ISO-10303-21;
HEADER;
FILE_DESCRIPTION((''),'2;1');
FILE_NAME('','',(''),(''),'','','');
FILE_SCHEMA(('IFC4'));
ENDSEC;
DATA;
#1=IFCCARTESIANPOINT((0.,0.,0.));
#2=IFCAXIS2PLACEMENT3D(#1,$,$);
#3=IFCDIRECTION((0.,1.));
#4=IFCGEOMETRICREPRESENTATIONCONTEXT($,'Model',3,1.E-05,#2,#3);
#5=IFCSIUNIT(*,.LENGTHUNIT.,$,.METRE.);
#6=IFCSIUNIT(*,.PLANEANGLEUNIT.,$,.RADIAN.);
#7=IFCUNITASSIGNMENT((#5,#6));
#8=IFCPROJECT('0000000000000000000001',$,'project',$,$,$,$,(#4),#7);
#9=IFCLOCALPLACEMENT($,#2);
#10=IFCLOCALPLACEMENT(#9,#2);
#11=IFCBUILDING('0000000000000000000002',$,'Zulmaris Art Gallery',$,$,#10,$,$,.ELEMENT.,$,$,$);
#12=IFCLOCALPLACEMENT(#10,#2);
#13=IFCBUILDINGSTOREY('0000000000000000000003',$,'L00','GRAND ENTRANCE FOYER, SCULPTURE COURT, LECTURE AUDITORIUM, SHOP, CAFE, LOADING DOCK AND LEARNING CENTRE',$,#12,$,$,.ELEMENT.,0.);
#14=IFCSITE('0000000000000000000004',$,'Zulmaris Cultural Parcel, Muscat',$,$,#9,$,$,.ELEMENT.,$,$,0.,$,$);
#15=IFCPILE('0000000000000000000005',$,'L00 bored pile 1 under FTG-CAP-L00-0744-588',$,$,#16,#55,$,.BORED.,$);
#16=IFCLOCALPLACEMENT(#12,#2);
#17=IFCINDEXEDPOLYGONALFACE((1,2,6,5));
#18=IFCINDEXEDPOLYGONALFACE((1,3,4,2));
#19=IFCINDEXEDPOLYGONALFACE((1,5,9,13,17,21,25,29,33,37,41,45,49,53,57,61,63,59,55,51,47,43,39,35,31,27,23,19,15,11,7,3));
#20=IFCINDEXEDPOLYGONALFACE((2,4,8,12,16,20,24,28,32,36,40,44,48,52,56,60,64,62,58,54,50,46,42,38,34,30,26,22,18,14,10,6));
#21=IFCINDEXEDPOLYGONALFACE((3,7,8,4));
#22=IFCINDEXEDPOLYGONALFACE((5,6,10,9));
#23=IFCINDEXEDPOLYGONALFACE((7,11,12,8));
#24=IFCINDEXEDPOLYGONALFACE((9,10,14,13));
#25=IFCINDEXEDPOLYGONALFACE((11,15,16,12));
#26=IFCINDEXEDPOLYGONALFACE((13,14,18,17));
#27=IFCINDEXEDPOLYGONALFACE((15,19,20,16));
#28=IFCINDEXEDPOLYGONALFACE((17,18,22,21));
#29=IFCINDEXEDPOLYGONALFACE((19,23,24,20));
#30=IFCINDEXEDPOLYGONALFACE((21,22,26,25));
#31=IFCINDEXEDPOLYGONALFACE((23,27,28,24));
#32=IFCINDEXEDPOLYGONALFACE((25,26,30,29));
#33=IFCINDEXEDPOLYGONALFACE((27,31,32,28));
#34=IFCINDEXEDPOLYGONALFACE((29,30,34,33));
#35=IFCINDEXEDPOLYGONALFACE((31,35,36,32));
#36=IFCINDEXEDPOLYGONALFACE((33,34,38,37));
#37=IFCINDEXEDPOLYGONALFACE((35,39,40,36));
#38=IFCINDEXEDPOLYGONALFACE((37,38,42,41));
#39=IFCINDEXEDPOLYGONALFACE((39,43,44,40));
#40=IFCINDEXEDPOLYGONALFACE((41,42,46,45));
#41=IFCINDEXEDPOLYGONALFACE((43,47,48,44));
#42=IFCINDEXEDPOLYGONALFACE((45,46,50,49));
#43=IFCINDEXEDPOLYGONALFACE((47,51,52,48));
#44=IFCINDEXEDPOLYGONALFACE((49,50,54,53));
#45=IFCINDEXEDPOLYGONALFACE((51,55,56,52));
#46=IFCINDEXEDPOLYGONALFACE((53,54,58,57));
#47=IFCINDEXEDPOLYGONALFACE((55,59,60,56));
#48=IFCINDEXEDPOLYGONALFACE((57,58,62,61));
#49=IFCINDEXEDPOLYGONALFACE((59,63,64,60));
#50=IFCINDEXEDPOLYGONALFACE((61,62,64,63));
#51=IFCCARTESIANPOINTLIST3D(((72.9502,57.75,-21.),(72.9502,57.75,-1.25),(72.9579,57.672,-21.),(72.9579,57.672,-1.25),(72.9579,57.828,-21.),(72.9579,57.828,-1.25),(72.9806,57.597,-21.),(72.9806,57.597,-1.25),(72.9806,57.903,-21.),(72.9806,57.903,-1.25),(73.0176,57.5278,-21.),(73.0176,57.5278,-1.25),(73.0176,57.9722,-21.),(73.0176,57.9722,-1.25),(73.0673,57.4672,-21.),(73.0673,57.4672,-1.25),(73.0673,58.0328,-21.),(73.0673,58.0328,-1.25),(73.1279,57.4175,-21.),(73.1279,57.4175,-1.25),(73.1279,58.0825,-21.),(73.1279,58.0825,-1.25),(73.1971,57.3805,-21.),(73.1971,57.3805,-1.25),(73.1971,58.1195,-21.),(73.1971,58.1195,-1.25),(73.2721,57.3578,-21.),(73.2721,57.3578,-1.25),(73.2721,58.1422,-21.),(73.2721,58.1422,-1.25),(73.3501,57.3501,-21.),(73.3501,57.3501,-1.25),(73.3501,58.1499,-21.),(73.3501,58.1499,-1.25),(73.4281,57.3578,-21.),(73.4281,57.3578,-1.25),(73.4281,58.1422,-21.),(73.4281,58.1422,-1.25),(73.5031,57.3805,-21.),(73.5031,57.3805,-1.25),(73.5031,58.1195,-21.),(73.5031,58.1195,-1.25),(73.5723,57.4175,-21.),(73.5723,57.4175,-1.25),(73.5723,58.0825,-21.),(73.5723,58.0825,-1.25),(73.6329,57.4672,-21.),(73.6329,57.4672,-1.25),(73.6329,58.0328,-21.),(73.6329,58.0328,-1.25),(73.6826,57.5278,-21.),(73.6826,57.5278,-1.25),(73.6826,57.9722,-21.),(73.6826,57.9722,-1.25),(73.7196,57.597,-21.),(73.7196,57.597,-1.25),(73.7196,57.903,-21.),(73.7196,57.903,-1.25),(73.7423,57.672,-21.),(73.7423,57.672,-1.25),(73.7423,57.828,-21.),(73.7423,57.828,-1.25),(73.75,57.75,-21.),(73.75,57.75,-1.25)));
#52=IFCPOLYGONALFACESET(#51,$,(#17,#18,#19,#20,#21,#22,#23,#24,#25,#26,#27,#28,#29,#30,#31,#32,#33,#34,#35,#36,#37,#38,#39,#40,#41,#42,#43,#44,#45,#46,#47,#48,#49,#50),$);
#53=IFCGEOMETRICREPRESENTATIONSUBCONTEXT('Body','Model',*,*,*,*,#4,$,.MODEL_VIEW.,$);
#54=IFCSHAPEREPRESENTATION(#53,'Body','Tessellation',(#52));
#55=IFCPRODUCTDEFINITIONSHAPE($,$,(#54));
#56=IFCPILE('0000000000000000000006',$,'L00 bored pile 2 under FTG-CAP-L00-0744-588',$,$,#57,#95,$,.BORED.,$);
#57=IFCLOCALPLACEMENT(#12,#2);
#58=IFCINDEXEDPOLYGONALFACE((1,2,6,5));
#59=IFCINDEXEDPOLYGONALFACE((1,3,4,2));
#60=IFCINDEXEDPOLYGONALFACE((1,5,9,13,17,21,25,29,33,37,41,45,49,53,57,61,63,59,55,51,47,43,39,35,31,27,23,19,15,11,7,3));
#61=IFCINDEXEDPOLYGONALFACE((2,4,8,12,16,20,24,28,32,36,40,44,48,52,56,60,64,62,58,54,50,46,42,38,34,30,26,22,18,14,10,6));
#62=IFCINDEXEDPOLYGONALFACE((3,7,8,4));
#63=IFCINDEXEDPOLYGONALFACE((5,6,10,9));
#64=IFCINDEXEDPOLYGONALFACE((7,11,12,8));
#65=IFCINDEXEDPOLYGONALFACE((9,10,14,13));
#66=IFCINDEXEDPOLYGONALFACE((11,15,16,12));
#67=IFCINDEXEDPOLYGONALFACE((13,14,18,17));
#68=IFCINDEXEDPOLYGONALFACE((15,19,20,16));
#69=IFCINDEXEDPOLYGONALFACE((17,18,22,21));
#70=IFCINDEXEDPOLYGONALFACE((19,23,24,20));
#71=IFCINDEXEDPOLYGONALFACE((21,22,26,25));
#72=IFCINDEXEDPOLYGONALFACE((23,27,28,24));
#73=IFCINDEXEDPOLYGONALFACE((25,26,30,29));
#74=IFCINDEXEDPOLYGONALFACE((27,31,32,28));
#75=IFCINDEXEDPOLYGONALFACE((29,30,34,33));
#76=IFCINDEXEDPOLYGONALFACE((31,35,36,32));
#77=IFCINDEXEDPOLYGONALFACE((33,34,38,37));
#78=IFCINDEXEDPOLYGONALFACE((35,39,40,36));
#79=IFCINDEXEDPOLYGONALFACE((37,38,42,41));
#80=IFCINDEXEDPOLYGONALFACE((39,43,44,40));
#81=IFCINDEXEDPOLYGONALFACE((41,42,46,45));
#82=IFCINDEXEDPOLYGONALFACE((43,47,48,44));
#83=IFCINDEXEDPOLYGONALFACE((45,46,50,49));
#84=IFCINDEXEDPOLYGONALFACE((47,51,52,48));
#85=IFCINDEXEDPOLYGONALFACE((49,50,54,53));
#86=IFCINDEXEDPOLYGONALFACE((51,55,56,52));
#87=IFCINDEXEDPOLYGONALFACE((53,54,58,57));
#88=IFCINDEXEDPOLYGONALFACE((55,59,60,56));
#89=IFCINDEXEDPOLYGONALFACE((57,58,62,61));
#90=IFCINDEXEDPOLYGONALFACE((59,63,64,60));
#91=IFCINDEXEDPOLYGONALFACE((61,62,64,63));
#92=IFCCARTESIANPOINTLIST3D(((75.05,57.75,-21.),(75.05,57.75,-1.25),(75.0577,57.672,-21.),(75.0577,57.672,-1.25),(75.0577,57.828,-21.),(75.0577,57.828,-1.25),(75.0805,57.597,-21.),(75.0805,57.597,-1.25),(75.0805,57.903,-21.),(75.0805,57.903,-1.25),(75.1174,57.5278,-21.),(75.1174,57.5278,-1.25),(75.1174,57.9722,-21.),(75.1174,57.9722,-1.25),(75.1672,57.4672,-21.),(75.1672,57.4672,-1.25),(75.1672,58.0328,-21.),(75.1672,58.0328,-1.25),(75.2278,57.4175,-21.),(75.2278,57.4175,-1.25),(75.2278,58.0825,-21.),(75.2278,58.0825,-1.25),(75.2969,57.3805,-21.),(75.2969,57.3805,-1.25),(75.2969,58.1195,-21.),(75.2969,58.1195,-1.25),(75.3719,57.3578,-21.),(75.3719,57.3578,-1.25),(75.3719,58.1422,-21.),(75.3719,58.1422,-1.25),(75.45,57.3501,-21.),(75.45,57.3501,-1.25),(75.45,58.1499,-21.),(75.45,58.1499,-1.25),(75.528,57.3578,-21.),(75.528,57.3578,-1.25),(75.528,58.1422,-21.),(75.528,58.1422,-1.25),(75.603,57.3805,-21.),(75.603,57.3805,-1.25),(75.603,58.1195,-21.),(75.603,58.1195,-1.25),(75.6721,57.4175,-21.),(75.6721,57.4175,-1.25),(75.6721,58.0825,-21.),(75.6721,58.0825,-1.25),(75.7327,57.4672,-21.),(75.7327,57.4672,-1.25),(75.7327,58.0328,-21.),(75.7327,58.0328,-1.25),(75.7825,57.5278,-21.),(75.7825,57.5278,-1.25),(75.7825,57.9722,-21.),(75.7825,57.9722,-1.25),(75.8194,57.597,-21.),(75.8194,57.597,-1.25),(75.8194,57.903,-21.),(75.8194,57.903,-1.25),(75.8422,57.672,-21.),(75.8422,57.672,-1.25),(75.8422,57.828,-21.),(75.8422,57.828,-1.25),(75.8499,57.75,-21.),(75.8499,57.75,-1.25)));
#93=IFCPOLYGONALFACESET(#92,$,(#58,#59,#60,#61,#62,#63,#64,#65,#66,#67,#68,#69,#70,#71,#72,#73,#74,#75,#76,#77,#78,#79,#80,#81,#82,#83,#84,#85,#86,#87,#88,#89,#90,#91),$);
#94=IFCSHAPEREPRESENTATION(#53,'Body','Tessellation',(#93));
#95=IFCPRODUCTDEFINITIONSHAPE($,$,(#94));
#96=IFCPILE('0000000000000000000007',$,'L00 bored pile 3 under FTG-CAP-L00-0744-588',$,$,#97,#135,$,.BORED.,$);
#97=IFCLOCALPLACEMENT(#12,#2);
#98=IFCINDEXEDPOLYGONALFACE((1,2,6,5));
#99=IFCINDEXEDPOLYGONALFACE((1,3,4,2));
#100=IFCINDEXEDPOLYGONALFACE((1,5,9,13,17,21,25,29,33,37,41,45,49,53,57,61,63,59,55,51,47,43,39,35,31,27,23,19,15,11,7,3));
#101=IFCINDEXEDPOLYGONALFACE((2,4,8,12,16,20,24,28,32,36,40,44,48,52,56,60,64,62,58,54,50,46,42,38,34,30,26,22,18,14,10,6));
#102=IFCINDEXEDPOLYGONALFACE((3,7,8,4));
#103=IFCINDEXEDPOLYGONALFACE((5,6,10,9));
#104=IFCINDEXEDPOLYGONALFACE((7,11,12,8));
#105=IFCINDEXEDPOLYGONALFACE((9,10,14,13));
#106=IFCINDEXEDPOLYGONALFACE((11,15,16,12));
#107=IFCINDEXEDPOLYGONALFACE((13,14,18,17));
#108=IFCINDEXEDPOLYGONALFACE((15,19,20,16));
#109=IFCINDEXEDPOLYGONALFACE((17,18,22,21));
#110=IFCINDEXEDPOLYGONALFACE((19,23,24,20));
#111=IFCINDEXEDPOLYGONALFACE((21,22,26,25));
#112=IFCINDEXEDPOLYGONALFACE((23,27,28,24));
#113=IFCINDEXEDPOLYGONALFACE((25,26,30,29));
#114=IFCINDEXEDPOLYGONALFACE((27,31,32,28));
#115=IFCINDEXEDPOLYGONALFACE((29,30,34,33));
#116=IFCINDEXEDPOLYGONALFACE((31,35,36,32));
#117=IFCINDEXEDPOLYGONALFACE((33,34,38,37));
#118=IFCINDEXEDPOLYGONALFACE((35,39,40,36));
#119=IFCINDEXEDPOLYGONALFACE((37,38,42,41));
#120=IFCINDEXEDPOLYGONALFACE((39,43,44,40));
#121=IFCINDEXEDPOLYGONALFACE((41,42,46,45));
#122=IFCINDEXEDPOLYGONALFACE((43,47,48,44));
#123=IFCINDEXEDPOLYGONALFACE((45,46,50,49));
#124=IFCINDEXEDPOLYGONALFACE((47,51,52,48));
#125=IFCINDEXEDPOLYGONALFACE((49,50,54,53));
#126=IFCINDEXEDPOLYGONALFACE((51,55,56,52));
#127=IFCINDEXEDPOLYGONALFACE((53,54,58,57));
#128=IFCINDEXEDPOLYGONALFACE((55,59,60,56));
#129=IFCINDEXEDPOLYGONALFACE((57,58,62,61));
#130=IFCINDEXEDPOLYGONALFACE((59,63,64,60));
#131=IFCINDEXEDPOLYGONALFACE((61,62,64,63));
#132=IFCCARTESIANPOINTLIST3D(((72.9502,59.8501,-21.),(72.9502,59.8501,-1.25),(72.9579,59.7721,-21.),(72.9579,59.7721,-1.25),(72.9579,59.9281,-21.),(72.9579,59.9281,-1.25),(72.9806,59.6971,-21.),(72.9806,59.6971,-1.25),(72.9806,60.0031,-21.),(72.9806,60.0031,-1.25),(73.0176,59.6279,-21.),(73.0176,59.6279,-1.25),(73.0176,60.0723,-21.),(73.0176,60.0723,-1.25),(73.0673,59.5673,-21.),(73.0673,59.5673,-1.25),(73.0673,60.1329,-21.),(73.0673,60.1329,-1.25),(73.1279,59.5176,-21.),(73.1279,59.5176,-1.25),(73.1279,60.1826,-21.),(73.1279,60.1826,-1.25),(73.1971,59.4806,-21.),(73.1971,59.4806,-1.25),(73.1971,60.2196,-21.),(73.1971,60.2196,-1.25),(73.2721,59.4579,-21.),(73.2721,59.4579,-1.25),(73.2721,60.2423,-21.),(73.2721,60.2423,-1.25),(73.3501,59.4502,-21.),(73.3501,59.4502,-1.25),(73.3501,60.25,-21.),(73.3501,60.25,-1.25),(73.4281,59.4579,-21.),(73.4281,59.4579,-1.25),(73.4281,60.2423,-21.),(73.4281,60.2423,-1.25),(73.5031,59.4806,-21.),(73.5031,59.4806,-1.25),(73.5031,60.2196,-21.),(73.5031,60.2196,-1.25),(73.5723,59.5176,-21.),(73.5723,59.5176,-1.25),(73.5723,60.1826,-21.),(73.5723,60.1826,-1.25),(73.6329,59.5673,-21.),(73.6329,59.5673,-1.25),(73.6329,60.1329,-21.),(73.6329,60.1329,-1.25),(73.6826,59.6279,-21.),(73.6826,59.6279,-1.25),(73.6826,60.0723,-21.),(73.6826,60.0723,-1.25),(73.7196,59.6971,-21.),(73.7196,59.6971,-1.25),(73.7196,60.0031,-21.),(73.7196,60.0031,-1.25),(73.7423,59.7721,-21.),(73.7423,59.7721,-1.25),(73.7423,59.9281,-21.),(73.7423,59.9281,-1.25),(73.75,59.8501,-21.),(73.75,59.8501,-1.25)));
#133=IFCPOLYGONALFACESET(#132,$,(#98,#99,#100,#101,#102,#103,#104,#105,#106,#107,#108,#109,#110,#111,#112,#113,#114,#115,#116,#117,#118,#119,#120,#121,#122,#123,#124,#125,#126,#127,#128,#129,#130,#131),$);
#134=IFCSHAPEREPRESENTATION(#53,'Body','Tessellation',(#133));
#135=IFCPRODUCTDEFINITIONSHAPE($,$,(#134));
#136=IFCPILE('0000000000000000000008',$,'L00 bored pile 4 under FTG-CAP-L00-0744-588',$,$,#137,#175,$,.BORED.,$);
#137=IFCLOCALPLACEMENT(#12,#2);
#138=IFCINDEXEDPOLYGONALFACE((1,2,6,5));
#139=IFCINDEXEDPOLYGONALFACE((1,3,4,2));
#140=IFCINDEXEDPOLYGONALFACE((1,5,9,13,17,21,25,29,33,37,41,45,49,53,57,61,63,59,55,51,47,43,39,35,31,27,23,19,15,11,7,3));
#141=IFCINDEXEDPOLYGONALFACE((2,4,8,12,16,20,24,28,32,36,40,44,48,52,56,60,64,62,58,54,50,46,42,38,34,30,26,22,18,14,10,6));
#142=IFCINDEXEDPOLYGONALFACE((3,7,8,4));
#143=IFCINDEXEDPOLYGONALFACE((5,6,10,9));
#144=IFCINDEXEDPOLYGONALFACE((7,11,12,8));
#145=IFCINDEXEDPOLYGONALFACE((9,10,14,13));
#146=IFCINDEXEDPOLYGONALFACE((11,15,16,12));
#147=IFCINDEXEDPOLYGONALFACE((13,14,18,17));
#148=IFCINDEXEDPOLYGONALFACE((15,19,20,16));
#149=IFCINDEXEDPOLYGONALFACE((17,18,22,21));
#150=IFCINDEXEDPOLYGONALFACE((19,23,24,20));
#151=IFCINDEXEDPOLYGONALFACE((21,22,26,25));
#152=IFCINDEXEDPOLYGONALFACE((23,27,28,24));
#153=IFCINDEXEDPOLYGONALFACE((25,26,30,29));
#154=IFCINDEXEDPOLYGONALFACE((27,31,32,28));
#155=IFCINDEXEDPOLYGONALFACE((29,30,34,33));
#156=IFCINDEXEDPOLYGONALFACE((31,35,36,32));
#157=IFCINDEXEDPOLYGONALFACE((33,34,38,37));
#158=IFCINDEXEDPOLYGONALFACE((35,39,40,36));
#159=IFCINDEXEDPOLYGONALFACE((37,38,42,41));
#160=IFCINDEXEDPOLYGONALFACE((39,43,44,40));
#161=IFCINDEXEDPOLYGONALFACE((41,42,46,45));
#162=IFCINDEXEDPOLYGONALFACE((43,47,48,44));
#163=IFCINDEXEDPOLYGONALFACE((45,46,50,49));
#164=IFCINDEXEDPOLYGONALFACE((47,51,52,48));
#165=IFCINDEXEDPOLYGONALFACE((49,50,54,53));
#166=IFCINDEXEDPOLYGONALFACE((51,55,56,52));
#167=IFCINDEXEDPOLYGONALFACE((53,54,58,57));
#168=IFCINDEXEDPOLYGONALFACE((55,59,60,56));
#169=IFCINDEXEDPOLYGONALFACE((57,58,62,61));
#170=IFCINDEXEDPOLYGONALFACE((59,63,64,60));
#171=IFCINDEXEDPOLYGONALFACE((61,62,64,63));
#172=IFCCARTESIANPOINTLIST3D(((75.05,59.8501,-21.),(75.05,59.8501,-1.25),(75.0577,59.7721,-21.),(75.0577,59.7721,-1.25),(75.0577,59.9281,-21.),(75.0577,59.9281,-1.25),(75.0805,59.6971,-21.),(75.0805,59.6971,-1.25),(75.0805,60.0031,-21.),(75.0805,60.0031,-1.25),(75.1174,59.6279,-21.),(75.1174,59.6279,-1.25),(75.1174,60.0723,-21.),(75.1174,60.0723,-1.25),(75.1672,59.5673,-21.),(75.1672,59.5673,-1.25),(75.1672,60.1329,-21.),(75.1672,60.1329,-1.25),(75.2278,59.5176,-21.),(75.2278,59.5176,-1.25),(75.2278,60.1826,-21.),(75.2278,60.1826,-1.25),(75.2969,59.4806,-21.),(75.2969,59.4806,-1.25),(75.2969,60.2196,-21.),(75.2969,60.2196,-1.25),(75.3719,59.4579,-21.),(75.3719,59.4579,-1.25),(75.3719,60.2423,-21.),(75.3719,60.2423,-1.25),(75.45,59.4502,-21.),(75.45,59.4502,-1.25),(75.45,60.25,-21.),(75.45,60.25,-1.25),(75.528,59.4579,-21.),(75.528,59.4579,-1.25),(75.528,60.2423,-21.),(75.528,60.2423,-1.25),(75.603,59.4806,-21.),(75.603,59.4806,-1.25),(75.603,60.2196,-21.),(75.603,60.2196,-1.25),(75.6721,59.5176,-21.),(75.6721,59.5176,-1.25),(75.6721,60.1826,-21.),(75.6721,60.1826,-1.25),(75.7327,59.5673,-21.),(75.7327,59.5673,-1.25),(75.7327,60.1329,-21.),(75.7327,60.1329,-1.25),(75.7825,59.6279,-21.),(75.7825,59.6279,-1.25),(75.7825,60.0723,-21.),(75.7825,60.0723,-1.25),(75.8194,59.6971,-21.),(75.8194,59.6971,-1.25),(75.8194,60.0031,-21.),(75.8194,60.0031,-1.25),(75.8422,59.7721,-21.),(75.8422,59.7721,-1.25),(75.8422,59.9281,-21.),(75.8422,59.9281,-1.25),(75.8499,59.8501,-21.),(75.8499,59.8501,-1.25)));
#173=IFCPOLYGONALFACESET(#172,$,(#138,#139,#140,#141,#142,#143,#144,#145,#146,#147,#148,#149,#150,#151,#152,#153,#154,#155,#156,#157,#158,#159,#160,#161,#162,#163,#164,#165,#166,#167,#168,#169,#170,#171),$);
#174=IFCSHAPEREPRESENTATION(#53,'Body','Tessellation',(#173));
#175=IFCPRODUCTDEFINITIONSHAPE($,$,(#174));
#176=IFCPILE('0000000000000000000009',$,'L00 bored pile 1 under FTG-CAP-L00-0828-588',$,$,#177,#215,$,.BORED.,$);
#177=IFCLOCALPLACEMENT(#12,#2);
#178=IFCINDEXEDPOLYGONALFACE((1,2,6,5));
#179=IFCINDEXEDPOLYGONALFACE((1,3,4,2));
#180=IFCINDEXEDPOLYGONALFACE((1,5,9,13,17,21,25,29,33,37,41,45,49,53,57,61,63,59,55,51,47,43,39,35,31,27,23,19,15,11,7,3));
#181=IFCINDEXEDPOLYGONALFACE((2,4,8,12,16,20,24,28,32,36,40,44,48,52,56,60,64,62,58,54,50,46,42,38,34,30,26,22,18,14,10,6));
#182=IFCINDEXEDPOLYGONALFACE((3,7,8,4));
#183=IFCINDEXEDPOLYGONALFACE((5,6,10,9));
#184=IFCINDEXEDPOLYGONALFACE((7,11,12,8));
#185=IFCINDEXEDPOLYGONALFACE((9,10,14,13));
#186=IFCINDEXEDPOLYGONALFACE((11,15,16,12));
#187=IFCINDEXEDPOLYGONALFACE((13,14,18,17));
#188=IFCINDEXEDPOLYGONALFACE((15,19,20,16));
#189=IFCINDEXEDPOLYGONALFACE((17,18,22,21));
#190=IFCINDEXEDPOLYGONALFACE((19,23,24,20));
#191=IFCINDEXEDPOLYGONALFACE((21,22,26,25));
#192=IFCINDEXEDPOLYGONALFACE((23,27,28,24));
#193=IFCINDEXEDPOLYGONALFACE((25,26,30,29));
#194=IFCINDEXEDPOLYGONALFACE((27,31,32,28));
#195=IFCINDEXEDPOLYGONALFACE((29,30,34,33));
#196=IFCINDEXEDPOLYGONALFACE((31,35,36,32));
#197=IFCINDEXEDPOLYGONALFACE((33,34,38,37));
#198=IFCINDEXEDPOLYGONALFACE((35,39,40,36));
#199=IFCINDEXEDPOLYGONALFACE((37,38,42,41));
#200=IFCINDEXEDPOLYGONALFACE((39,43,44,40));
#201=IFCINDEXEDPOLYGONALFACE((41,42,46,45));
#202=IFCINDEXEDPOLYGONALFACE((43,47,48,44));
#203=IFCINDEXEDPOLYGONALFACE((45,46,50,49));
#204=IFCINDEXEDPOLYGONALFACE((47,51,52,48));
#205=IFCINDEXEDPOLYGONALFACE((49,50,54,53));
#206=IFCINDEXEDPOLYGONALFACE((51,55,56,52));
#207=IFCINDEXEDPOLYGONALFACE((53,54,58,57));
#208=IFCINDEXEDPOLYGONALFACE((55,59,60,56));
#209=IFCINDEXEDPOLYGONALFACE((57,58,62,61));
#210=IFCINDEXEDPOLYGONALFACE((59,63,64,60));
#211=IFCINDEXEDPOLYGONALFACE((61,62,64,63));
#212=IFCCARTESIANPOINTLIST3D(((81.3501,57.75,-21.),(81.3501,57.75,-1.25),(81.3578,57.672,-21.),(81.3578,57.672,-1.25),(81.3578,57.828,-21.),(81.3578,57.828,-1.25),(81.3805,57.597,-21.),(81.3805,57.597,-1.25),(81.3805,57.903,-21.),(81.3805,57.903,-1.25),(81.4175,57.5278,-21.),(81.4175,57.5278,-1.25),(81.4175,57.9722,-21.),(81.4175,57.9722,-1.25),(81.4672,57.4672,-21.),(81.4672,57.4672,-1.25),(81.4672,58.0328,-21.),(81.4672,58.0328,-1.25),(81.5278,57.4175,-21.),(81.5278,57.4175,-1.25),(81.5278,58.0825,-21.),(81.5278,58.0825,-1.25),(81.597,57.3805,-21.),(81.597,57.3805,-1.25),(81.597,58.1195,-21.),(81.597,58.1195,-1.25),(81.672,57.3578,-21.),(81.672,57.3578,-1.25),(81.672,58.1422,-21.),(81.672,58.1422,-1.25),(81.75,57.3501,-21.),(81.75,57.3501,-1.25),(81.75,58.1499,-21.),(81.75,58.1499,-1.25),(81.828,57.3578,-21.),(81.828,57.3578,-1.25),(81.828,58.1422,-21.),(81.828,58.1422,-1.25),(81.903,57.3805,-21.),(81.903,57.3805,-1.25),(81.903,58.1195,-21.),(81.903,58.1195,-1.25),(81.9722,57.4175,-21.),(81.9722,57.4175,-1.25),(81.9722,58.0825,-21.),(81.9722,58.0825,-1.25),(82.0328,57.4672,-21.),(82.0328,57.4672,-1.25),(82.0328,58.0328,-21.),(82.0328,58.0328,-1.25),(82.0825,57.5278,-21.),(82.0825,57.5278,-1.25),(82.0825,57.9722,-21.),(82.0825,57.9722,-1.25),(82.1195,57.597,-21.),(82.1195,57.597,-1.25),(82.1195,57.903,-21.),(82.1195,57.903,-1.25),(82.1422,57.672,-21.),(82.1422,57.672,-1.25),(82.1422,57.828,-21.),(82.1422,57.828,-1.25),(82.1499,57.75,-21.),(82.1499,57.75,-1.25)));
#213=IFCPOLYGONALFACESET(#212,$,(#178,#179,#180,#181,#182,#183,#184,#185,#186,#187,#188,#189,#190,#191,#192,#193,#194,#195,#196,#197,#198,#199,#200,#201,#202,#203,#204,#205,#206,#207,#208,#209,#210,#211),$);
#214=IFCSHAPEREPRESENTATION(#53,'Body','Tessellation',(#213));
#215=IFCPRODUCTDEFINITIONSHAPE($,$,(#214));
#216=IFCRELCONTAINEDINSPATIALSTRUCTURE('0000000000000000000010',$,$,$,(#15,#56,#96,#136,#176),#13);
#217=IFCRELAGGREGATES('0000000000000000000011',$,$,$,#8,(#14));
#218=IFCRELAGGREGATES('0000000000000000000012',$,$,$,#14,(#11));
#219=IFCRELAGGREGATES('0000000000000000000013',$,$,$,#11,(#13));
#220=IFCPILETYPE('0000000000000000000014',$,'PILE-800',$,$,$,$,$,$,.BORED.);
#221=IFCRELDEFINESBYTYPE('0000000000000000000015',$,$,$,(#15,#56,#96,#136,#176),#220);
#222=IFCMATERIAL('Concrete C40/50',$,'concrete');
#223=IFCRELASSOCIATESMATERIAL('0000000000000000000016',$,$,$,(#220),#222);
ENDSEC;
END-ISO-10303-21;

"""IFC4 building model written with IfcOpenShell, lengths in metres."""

from ifc_helpers import new_model, si_unit, direction, frame, origin, origin_2d, place, context, subcontext, project, spatial, circle, extrude, material, material_profile, profile_set, type_object, element, save


model = new_model("IFC4")

# Units and contexts
model_context = context("Model", 3, precision=1e-05, world=origin(), true_north=direction((0.0, 1.0)))
body_context = subcontext(model_context, "Body", "Model", "MODEL_VIEW")
ifc_project = project(units=[si_unit("LENGTHUNIT", "METRE"), si_unit("PLANEANGLEUNIT", "RADIAN")], contexts=[model_context])

# Site, building, storey
site_placement = place(None, origin())
site = spatial("IfcSite", under=ifc_project, at=site_placement, Name="Zulmaris Cultural Parcel, Muscat", CompositionType="ELEMENT", RefElevation=0.0)
building_placement = place(site_placement, origin())
building = spatial("IfcBuilding", under=site, at=building_placement, Name="Zulmaris Art Gallery", CompositionType="ELEMENT")
storey_placement = place(building_placement, origin())
storey = spatial("IfcBuildingStorey", under=building, at=storey_placement, Name="L00", Description="GRAND ENTRANCE FOYER, SCULPTURE COURT, LECTURE AUDITORIUM, SHOP, CAFE, LOADING DOCK AND LEARNING CENTRE", CompositionType="ELEMENT", Elevation=0.0)

# Piles
ifc_material_1 = material(Name="Concrete C40/50", Category="concrete")
ifc_material_profile_1 = material_profile(ifc_material_1, circle(Radius=0.3999, at=origin_2d()), Name="PILE DIA 800")
ifc_profile_set_1 = profile_set([ifc_material_profile_1], Name="Concrete C40/50")
pile_type_1 = type_object("IfcPileType", Name="PILE-800", PredefinedType="BORED", material=ifc_profile_set_1)
for number, where, z_axis, x_axis, name in (
    (1, (73.3501, 57.75, -1.25), (0.0, 0.0, -1.0), (1.0, 0.0, 0.0), "L00 bored pile 1 under FTG-CAP-L00-0744-588"),
    (2, (75.45, 57.75, -1.25), (0.0, 0.0, -1.0), (1.0, 0.0, 0.0), "L00 bored pile 2 under FTG-CAP-L00-0744-588"),
    (3, (73.3501, 59.8501, -1.25), (0.0, 0.0, -1.0), (1.0, 0.0, 0.0), "L00 bored pile 3 under FTG-CAP-L00-0744-588"),
    (4, (75.45, 59.8501, -1.25), (0.0, 0.0, -1.0), (1.0, 0.0, 0.0), "L00 bored pile 4 under FTG-CAP-L00-0744-588"),
    (5, (81.75, 57.75, -1.25), (0.0, 0.0, -1.0), (1.0, 0.0, 0.0), "L00 bored pile 1 under FTG-CAP-L00-0828-588"),
):
    element("IfcPile", number, at=place(storey_placement, frame(where, z_axis=z_axis, x_axis=x_axis)), inside=storey, type_object=pile_type_1, Name=name, PredefinedType="BORED", context=body_context, shape_type="SweptSolid", body=[
        extrude(circle(Radius=0.3999, at=origin_2d()), origin(), (0.0, 0.0, 1.0), 19.75),
    ])

save(model, "model.ifc")
